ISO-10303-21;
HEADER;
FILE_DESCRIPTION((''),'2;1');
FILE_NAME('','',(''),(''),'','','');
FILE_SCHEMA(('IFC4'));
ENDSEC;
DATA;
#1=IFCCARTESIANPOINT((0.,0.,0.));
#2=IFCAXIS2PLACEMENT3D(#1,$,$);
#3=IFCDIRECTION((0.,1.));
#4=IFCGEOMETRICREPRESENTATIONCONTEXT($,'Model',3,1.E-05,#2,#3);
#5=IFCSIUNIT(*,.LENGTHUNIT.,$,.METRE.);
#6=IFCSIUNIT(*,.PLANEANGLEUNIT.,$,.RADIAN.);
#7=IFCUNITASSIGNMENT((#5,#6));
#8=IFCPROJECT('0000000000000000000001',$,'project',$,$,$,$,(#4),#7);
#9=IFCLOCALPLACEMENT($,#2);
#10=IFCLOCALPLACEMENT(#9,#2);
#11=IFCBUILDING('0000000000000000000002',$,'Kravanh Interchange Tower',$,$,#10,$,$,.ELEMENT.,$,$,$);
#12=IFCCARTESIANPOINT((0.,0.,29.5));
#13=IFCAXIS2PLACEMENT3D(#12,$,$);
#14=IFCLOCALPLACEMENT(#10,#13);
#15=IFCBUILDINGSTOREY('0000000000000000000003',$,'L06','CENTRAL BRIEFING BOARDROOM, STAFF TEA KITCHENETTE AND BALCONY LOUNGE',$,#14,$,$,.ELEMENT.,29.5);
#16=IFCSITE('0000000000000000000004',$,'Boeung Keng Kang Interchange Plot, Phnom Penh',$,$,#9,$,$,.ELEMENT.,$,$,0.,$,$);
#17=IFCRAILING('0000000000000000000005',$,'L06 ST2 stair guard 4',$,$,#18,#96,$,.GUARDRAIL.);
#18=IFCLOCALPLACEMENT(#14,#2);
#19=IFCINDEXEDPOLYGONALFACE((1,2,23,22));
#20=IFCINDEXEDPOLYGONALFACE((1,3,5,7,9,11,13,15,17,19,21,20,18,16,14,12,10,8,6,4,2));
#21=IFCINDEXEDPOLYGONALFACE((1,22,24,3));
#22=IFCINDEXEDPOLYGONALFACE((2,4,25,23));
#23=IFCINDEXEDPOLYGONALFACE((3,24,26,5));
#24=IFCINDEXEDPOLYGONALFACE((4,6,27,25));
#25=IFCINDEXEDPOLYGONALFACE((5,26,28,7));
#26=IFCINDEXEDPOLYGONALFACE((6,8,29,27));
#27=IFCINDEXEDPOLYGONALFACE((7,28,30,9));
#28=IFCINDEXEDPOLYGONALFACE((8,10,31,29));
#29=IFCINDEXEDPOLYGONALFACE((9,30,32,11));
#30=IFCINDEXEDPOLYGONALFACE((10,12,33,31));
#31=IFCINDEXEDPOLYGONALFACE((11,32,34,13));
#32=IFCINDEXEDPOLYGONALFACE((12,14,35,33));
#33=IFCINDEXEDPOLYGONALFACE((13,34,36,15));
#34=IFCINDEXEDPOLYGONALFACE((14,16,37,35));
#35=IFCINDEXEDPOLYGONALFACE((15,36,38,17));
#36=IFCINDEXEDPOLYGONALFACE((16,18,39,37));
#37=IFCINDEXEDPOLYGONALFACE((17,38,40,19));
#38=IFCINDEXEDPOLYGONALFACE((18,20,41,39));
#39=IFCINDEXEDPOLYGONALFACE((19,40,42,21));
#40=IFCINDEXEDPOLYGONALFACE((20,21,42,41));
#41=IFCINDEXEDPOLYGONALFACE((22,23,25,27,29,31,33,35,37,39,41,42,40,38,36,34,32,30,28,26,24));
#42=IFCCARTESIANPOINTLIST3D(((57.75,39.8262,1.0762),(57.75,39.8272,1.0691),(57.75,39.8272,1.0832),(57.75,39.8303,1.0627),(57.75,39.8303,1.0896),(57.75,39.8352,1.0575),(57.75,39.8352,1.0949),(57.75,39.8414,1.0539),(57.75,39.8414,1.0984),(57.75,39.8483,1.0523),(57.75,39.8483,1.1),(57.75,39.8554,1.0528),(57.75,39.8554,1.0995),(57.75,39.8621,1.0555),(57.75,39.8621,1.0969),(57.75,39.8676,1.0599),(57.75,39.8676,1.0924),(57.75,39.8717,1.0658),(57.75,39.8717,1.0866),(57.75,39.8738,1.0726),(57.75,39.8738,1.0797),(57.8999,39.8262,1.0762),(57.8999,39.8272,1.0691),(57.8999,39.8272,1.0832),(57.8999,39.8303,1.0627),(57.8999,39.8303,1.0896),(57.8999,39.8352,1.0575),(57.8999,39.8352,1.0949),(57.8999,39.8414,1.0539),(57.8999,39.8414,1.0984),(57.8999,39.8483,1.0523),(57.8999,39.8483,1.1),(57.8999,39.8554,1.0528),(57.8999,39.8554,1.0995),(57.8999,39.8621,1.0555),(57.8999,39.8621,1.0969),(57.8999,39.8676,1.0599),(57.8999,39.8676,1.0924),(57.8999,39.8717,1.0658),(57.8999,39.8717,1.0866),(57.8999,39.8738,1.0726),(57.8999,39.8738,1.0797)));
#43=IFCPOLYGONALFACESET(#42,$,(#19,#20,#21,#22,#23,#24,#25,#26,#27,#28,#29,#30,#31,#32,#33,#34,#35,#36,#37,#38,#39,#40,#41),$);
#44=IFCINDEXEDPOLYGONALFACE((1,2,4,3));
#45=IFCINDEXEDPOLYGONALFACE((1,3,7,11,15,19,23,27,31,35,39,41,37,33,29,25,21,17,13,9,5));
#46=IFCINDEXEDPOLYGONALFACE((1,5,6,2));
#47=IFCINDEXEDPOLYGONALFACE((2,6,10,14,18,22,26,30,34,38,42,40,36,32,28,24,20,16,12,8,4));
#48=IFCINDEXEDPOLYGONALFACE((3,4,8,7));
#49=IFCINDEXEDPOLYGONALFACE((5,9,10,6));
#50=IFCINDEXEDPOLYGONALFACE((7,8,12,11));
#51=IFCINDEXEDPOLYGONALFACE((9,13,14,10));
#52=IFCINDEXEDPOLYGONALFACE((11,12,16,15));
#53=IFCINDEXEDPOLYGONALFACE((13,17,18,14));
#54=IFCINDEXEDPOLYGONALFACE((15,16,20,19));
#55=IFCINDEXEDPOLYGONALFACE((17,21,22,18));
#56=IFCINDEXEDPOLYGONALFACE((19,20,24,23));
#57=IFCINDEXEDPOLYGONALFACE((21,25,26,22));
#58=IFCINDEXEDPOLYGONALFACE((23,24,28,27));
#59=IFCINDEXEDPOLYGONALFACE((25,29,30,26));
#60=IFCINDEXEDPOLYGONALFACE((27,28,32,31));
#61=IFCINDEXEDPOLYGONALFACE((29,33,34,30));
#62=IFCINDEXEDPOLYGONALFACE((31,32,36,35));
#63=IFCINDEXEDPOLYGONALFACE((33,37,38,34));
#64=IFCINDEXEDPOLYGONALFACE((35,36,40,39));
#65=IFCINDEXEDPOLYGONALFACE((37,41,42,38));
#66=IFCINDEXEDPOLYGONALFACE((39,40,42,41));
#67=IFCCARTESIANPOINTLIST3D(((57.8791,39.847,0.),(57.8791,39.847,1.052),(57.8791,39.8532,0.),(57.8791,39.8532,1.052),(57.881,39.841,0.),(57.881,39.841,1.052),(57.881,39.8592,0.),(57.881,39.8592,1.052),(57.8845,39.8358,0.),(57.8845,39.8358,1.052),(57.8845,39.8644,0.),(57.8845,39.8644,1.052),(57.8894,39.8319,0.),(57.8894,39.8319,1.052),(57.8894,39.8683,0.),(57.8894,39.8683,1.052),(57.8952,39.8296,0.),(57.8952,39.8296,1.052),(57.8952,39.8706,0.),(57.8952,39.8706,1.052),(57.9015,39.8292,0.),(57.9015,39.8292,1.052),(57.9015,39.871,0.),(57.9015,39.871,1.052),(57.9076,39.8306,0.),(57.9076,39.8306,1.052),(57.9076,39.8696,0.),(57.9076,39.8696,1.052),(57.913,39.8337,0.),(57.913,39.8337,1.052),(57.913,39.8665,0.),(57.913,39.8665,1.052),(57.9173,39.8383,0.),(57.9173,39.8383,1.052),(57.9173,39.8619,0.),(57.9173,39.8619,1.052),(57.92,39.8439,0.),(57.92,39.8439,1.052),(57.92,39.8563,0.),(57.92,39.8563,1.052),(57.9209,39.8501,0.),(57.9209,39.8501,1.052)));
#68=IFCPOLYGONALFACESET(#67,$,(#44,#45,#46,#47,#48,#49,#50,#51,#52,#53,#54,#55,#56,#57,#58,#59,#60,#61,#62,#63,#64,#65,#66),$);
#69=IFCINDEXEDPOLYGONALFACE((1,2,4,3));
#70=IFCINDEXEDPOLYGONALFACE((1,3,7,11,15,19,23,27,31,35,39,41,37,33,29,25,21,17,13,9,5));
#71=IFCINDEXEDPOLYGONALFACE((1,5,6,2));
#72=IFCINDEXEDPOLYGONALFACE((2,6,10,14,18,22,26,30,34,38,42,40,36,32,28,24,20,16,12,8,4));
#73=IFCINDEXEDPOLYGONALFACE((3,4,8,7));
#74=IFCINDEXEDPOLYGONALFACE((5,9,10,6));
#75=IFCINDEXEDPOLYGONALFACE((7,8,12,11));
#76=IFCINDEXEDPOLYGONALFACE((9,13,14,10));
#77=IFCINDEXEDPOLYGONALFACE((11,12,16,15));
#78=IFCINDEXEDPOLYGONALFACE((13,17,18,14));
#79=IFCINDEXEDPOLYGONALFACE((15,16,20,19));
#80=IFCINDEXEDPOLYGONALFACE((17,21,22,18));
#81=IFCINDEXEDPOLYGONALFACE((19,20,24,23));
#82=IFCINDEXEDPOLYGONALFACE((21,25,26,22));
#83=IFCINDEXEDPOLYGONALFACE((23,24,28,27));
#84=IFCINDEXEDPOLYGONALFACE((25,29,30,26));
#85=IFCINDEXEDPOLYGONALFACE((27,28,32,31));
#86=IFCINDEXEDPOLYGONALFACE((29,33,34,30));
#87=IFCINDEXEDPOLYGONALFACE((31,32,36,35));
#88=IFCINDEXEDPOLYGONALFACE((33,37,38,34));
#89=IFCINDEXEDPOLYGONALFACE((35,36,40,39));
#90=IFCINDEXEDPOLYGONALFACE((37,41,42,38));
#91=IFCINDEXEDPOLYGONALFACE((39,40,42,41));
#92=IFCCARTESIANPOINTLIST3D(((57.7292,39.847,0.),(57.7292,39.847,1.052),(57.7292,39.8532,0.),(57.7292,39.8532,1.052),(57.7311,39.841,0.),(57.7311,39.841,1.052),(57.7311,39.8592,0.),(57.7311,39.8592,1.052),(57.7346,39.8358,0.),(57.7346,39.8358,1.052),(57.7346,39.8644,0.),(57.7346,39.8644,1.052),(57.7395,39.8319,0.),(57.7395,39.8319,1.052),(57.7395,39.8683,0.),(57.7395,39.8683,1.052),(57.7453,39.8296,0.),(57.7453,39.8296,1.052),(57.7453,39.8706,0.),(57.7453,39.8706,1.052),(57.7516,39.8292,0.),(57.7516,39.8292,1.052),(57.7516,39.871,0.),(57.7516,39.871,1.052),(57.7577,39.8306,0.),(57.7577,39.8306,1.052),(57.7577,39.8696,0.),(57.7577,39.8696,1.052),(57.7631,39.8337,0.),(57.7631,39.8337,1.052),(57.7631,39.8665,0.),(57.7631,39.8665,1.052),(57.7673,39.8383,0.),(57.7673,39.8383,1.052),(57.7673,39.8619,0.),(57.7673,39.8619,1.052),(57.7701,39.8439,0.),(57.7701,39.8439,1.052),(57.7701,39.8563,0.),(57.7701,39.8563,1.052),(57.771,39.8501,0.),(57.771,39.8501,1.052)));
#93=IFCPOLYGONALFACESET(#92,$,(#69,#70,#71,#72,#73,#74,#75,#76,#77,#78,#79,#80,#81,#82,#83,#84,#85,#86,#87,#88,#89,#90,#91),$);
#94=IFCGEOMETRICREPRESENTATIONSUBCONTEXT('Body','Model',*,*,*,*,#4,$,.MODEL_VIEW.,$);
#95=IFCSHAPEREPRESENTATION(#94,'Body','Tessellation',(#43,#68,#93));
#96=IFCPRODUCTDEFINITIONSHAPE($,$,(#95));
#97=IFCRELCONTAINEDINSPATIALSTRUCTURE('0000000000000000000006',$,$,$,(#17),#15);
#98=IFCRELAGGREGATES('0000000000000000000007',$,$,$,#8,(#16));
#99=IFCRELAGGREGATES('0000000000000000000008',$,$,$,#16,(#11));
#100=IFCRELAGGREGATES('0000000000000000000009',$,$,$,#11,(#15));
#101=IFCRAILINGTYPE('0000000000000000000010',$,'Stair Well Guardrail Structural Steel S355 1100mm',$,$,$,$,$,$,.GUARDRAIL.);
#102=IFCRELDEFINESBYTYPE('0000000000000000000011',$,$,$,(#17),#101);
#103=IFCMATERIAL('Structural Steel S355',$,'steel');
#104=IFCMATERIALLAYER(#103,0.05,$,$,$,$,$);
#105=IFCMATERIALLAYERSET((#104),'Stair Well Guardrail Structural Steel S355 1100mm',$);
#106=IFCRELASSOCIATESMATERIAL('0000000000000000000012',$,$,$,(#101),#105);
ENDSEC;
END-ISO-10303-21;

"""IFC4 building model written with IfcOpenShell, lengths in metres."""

from ifc_helpers import new_model, si_unit, direction, frame, origin, origin_2d, place, context, subcontext, project, spatial, circle, extrude, material, layer, layer_set, type_object, element, save


model = new_model("IFC4")

# Units and contexts
model_context = context("Model", 3, precision=1e-05, world=origin(), true_north=direction((0.0, 1.0)))
body_context = subcontext(model_context, "Body", "Model", "MODEL_VIEW")
ifc_project = project(units=[si_unit("LENGTHUNIT", "METRE"), si_unit("PLANEANGLEUNIT", "RADIAN")], contexts=[model_context])

# Site, building, storey
site_placement = place(None, origin())
site = spatial("IfcSite", under=ifc_project, at=site_placement, Name="Boeung Keng Kang Interchange Plot, Phnom Penh", CompositionType="ELEMENT", RefElevation=0.0)
building_placement = place(site_placement, origin())
building = spatial("IfcBuilding", under=site, at=building_placement, Name="Kravanh Interchange Tower", CompositionType="ELEMENT")
storey_placement = place(building_placement, frame((0.0, 0.0, 29.5)))
storey = spatial("IfcBuildingStorey", under=building, at=storey_placement, Name="L06", Description="CENTRAL BRIEFING BOARDROOM, STAFF TEA KITCHENETTE AND BALCONY LOUNGE", CompositionType="ELEMENT", Elevation=29.5)

# Railing
ifc_material_1 = material(Name="Structural Steel S355", Category="steel")
ifc_layer_1 = layer(ifc_material_1, 0.05)
ifc_layer_set_1 = layer_set([ifc_layer_1], Name="Stair Well Guardrail Structural Steel S355 1100mm")
railing_type_1 = type_object("IfcRailingType", Name="Stair Well Guardrail Structural Steel S355 1100mm", PredefinedType="GUARDRAIL", material=ifc_layer_set_1)
railing_1_placement = place(storey_placement, frame((57.8999, 39.8501, 0.0)))
element("IfcRailing", 1, at=railing_1_placement, inside=storey, type_object=railing_type_1, Name="L06 ST2 stair guard 4", PredefinedType="GUARDRAIL", context=body_context, shape_type="SweptSolid", body=[
    extrude(circle(Radius=0.0239, at=origin_2d()), frame((0.0, 0.0, 1.0762), z_axis=(-1.0, 0.0, 0.0), x_axis=(0.0, -1.0, 0.0)), (0.0, 0.0, 1.0), 0.1499),
    extrude(circle(Radius=0.021, at=origin_2d()), origin(), (0.0, 0.0, 1.0), 1.052),
    extrude(circle(Radius=0.021, at=origin_2d()), frame((-0.1499, 0.0, 0.0)), (0.0, 0.0, 1.0), 1.052),
])

save(model, "model.ifc")
